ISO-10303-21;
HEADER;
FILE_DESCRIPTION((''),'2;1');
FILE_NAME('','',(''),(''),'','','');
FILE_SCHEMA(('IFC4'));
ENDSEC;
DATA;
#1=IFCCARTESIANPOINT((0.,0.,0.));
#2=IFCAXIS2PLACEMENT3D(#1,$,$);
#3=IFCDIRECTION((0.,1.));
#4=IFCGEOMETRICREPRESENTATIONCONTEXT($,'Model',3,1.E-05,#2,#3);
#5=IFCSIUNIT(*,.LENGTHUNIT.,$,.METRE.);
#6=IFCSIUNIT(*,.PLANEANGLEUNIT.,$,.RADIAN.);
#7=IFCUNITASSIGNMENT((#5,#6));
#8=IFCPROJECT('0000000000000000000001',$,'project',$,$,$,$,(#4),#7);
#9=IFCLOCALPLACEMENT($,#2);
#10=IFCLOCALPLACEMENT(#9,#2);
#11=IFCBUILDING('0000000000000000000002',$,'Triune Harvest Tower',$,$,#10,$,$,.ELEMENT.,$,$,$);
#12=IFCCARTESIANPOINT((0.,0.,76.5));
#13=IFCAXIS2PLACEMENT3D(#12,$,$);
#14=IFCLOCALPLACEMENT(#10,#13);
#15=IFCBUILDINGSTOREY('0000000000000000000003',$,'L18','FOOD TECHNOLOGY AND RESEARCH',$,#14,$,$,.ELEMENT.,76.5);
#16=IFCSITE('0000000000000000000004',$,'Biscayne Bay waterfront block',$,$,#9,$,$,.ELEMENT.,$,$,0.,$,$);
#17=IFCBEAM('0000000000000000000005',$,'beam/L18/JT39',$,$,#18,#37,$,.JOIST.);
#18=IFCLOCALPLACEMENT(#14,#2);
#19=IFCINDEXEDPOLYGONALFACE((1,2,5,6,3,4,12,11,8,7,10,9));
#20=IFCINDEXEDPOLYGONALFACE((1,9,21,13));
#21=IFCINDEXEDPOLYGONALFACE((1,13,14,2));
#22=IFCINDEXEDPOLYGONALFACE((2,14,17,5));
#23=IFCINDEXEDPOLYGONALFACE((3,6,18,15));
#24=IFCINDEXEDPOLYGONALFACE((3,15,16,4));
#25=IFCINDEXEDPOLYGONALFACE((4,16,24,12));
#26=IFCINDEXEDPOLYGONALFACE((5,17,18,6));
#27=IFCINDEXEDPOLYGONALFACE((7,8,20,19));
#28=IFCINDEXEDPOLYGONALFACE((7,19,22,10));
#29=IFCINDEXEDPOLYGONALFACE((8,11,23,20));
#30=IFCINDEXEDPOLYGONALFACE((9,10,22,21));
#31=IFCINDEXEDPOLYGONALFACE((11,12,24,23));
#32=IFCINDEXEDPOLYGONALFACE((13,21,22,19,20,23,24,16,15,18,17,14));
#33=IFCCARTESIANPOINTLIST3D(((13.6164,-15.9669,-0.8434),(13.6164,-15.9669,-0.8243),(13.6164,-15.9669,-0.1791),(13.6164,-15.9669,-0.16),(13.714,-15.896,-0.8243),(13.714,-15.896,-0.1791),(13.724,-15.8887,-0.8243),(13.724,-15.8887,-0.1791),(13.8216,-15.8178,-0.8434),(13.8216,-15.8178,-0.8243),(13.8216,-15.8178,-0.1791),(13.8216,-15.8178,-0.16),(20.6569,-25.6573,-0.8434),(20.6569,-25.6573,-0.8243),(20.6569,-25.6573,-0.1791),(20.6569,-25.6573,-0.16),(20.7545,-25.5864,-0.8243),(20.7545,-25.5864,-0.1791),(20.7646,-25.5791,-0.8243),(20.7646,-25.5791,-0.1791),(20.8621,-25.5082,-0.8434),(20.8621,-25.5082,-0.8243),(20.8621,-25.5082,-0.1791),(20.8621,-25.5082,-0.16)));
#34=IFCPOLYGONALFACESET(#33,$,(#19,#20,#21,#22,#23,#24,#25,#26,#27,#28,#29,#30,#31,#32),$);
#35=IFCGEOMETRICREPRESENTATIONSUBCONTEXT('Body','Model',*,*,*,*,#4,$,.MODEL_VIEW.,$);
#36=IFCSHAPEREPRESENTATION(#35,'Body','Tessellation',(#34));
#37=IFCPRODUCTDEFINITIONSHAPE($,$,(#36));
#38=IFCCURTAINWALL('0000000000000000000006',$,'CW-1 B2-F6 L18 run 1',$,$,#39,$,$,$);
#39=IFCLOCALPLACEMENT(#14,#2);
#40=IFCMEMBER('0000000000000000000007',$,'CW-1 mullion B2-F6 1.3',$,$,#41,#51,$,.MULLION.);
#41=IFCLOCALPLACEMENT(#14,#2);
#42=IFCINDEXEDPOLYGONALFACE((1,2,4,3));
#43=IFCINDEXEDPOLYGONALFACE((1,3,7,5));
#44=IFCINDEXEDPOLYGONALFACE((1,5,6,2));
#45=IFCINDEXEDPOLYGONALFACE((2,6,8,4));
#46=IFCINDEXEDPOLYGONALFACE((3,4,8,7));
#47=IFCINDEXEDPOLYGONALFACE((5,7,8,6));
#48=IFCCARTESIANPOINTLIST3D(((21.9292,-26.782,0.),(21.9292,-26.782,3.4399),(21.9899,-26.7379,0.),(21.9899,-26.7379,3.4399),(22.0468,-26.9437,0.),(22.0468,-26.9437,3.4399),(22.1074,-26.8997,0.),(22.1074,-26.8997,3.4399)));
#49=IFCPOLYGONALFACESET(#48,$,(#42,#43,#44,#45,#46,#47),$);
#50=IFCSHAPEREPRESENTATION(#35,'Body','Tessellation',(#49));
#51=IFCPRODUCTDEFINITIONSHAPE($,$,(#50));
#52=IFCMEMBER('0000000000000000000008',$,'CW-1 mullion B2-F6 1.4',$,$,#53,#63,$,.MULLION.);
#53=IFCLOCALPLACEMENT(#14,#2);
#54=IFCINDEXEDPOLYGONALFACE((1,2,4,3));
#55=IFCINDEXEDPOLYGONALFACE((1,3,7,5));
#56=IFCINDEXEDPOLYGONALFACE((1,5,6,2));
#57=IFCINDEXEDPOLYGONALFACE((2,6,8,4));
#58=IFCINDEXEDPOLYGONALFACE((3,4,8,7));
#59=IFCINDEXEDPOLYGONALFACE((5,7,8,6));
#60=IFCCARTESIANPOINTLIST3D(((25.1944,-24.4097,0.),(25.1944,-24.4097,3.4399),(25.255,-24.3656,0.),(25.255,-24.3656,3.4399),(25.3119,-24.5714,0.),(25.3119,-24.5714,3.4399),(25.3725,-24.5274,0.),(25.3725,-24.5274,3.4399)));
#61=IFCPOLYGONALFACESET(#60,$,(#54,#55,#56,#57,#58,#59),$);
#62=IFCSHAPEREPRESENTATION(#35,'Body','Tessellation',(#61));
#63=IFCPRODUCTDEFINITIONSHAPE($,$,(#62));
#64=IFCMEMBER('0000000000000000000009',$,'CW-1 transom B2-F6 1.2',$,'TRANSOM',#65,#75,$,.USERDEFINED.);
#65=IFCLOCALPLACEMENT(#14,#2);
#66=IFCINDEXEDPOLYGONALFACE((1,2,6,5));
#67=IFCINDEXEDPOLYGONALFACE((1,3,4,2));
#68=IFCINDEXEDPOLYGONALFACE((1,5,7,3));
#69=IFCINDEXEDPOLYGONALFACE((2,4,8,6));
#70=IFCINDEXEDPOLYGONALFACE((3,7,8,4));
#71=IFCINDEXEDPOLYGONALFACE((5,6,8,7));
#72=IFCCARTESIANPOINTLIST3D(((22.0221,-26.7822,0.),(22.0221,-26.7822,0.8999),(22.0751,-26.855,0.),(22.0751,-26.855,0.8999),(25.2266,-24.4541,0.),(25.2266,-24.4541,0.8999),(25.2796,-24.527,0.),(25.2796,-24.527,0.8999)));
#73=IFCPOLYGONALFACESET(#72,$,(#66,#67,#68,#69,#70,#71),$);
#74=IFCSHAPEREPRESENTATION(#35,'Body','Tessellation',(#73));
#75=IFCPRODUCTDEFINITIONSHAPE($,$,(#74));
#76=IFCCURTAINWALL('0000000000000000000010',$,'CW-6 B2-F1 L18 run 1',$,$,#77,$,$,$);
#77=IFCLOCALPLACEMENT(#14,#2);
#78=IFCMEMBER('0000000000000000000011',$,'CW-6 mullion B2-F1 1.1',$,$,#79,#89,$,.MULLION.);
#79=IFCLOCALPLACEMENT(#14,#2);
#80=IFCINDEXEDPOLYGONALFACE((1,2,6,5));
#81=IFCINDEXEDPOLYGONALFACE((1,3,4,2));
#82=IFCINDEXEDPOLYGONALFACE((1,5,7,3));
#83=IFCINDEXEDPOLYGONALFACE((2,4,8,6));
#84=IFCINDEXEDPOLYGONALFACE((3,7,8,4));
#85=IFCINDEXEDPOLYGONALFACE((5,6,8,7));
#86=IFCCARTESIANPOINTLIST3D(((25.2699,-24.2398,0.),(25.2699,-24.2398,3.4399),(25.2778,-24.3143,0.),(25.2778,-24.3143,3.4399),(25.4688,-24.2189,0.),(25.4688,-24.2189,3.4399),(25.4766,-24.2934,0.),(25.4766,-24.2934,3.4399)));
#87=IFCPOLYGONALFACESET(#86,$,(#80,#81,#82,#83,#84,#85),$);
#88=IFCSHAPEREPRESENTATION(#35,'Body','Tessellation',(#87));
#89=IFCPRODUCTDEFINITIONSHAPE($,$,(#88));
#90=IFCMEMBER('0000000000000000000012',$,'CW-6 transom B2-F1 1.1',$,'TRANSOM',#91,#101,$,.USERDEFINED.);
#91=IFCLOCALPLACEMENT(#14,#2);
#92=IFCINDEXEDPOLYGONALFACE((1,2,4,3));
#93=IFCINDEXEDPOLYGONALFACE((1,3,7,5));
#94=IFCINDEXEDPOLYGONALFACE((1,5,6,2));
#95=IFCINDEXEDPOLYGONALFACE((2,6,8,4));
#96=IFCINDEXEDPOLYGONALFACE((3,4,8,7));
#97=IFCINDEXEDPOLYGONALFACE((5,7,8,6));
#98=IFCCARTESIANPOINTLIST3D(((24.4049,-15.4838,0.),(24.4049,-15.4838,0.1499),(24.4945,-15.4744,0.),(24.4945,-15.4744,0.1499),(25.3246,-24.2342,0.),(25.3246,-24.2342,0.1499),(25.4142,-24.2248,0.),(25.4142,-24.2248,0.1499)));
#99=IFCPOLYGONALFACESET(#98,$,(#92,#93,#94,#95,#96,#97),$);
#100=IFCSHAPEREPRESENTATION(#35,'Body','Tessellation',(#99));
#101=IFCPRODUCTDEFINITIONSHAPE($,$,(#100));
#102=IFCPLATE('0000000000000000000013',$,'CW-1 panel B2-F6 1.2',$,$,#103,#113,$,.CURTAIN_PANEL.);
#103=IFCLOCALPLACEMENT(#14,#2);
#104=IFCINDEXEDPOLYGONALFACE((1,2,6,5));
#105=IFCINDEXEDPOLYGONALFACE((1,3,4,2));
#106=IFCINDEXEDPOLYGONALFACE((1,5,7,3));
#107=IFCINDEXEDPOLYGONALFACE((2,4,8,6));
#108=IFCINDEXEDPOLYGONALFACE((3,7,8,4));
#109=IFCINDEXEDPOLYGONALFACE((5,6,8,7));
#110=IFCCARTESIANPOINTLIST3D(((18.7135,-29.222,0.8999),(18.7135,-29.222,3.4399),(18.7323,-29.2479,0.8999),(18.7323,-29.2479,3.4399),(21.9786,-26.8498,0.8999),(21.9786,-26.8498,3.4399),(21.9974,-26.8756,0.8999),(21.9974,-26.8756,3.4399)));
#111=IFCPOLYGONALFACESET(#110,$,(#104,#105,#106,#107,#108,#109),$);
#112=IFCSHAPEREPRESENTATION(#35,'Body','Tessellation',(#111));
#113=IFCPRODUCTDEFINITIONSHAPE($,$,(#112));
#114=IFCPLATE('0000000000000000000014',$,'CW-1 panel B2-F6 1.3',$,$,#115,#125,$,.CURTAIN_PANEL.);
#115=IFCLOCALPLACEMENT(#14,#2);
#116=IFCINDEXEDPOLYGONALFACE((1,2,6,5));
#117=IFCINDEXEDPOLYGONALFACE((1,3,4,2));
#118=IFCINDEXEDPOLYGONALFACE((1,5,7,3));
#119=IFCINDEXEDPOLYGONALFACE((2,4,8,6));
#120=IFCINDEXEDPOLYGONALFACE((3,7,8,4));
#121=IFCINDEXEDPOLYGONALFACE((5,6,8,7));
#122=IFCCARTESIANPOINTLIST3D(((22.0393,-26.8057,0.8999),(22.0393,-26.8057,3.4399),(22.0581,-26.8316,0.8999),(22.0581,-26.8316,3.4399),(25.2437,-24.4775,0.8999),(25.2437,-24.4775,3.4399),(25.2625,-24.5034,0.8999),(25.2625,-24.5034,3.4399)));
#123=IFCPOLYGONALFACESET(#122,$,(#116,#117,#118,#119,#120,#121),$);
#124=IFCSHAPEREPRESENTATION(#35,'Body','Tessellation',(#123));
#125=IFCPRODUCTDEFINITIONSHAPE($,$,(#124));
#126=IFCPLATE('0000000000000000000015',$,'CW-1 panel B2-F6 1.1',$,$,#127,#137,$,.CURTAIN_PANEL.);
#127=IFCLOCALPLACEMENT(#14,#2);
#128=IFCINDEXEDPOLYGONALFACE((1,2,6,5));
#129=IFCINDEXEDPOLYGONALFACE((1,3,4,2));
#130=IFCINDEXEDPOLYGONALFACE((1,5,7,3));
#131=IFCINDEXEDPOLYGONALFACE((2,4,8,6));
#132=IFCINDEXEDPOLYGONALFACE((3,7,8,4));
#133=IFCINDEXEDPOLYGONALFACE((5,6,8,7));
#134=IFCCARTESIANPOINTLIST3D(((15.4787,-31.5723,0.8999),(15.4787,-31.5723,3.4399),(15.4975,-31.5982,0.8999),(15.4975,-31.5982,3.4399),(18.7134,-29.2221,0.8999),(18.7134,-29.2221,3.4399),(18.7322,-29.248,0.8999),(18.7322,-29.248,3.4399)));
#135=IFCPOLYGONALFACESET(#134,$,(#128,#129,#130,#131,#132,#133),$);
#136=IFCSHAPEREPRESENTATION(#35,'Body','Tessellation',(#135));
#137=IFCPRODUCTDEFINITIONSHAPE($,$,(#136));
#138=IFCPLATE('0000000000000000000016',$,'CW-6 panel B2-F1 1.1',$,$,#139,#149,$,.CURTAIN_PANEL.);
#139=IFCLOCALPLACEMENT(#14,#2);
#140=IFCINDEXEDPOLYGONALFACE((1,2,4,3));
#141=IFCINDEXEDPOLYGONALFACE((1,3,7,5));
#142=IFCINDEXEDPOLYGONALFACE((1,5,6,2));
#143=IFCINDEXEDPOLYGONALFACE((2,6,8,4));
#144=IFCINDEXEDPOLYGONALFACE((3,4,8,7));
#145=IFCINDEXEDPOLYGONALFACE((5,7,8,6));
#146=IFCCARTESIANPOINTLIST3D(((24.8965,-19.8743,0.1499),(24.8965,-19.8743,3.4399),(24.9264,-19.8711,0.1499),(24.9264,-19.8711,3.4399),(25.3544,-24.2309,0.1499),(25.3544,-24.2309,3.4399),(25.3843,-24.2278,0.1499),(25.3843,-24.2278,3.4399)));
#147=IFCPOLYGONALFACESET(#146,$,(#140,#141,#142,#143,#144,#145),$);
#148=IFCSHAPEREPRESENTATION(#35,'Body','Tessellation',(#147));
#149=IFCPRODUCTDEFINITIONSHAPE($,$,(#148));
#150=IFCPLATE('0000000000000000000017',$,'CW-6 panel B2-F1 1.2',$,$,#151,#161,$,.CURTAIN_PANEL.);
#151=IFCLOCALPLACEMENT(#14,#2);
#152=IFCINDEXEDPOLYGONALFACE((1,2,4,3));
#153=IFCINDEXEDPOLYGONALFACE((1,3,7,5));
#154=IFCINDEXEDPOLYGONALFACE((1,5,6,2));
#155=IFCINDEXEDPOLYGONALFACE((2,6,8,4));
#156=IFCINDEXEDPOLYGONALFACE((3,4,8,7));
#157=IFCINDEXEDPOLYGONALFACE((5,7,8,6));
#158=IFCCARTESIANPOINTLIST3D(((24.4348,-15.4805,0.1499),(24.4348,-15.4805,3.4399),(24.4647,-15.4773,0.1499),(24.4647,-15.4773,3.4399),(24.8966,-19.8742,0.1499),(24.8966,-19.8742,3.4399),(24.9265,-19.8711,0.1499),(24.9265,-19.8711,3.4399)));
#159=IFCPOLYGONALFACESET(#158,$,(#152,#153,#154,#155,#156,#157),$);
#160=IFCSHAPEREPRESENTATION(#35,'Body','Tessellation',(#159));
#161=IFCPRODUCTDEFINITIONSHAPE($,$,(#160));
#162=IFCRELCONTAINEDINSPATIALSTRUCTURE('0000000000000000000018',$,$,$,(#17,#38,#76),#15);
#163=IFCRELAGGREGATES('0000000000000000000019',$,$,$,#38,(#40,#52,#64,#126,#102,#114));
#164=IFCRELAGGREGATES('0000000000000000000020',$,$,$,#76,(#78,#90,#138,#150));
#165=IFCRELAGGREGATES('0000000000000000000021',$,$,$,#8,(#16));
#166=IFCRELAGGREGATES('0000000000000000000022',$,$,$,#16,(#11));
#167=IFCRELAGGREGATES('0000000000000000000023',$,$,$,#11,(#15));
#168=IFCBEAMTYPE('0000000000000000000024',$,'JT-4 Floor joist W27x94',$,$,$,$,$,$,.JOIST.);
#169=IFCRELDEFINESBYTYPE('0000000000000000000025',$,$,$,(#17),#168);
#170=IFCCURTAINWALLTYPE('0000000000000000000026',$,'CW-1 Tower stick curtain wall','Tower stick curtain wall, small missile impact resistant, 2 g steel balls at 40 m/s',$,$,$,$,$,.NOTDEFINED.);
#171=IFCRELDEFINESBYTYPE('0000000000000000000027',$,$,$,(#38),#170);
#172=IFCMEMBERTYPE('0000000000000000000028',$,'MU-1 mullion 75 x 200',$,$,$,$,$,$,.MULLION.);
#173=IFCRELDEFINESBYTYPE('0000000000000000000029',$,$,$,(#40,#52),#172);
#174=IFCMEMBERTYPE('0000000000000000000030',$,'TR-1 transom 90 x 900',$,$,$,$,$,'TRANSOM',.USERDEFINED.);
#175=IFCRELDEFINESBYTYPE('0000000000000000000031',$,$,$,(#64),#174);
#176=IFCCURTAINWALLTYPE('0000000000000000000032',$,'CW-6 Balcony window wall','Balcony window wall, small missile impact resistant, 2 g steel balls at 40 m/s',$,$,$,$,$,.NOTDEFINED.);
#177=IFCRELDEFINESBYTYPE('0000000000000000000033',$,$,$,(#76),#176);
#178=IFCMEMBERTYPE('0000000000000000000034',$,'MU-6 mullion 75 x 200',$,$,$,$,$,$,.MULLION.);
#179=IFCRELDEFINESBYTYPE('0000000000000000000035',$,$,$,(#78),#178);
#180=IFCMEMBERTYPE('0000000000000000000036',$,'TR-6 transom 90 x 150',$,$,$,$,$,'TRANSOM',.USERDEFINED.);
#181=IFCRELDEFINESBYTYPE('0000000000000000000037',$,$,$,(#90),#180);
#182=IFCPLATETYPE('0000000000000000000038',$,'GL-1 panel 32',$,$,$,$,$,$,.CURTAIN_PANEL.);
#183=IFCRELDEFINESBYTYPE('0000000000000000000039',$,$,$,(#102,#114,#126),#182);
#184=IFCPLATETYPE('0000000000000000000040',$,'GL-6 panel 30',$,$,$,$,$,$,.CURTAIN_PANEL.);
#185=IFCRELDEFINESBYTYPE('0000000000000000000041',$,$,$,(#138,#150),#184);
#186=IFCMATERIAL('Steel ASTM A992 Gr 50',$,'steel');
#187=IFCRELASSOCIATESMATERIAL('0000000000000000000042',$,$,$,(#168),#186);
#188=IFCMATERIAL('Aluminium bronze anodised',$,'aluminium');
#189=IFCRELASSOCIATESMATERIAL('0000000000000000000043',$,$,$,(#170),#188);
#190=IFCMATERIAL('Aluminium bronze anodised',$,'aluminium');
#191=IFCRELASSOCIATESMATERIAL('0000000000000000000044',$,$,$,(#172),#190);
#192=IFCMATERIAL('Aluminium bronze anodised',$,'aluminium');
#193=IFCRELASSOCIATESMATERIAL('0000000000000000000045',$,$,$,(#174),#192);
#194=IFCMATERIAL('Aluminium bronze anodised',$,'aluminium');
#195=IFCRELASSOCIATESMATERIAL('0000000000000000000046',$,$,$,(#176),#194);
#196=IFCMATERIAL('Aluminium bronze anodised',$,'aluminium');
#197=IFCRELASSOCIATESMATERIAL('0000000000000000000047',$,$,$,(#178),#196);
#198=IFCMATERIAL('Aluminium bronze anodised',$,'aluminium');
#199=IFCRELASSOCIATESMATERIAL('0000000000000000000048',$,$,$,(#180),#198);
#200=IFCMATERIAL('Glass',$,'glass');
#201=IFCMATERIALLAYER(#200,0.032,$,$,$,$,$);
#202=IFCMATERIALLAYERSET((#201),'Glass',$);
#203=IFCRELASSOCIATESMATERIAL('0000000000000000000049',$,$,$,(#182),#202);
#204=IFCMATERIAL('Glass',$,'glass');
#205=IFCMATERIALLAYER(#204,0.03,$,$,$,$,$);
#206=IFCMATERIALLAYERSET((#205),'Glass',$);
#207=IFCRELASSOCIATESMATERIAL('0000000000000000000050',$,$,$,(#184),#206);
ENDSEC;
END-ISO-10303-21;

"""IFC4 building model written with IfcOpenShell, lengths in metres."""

from ifc_helpers import new_model, si_unit, direction, frame, origin, origin_2d, place, context, subcontext, project, spatial, rectangle, i_section, extrude, source, transform, mapped, material, layer, layer_set, material_profile, profile_set, type_object, element, aggregate, save


model = new_model("IFC4")

# Units and contexts
model_context = context("Model", 3, precision=1e-05, world=origin(), true_north=direction((0.0, 1.0)))
body_context = subcontext(model_context, "Body", "Model", "MODEL_VIEW")
ifc_project = project(units=[si_unit("LENGTHUNIT", "METRE"), si_unit("PLANEANGLEUNIT", "RADIAN")], contexts=[model_context])

# Site, building, storey
site_placement = place(None, origin())
site = spatial("IfcSite", under=ifc_project, at=site_placement, Name="Biscayne Bay waterfront block", CompositionType="ELEMENT", RefElevation=0.0)
building_placement = place(site_placement, origin())
building = spatial("IfcBuilding", under=site, at=building_placement, Name="Triune Harvest Tower", CompositionType="ELEMENT")
storey_placement = place(building_placement, frame((0.0, 0.0, 76.5)))
storey = spatial("IfcBuildingStorey", under=building, at=storey_placement, Name="L18", Description="FOOD TECHNOLOGY AND RESEARCH", CompositionType="ELEMENT", Elevation=76.5)

# Beam
ifc_material_1 = material(Name="Steel ASTM A992 Gr 50", Category="steel")
ifc_material_profile_1 = material_profile(ifc_material_1, i_section(OverallWidth=0.2537, OverallDepth=0.6833, WebThickness=0.0125, FlangeThickness=0.019, at=origin_2d()), Name="W27x94")
ifc_profile_set_1 = profile_set([ifc_material_profile_1], Name="Steel ASTM A992 Gr 50")
beam_type_1 = type_object("IfcBeamType", Name="JT-4 Floor joist W27x94", PredefinedType="JOIST", material=ifc_profile_set_1)
shared_shape_1 = source(origin(), body_context, "Body", "SweptSolid", [
    extrude(i_section(OverallWidth=0.2537, OverallDepth=0.6833, WebThickness=0.0125, FlangeThickness=0.019, at=origin_2d()), origin(), (0.0, 0.0, 1.0), 11.978),
])
beam_1_placement = place(storey_placement, frame((20.7595, -25.5828, -0.5017), z_axis=(-0.587786, 0.809016, 0.0), x_axis=(-0.809016, -0.587786, 0.0)))
element("IfcBeam", 1, at=beam_1_placement, inside=storey, type_object=beam_type_1, Name="beam/L18/JT39", PredefinedType="JOIST", context=body_context, shape_type="MappedRepresentation", body=[
    mapped(shared_shape_1, transform((0.0, 0.0, 0.0), scale=1.0)),
])

# Curtain walls, members
ifc_material_2 = material(Name="Aluminium bronze anodised", Category="aluminium")
curtain_wall_type_1 = type_object("IfcCurtainWallType", Name="CW-1 Tower stick curtain wall", Description="Tower stick curtain wall, small missile impact resistant, 2 g steel balls at 40 m/s", PredefinedType="NOTDEFINED", material=ifc_material_2)
curtain_wall_1_placement = place(storey_placement, origin())
curtain_wall_1 = element("IfcCurtainWall", 2, at=curtain_wall_1_placement, inside=storey, type_object=curtain_wall_type_1, Name="CW-1 B2-F6 L18 run 1")
ifc_material_3 = material(Name="Aluminium bronze anodised", Category="aluminium")
ifc_material_profile_2 = material_profile(ifc_material_3, rectangle(XDim=0.2, YDim=0.075, at=origin_2d()), Name="MU-1 mullion 75 x 200")
ifc_profile_set_2 = profile_set([ifc_material_profile_2], Name="Aluminium bronze anodised")
member_type_1 = type_object("IfcMemberType", Name="MU-1 mullion 75 x 200", PredefinedType="MULLION", material=ifc_profile_set_2)
shared_shape_2 = source(origin(), body_context, "Body", "SweptSolid", [
    extrude(rectangle(XDim=0.2, YDim=0.075, at=origin_2d()), origin(), (0.0, 0.0, 1.0), 3.4399),
])
member_1_placement = place(storey_placement, frame((22.0183, -26.8408, 0.0), z_axis=(0.0, 0.0, 1.0), x_axis=(-0.58779, 0.809013, 0.0)))
member_1 = element("IfcMember", 3, at=member_1_placement, type_object=member_type_1, Name="CW-1 mullion B2-F6 1.3", PredefinedType="MULLION", context=body_context, shape_type="MappedRepresentation", body=[
    mapped(shared_shape_2, transform((0.0, 0.0, 0.0), scale=1.0)),
])
member_2_placement = place(storey_placement, frame((25.2834, -24.4685, 0.0), z_axis=(0.0, 0.0, 1.0), x_axis=(-0.58779, 0.809013, 0.0)))
member_2 = element("IfcMember", 4, at=member_2_placement, type_object=member_type_1, Name="CW-1 mullion B2-F6 1.4", PredefinedType="MULLION", context=body_context, shape_type="MappedRepresentation", body=[
    mapped(shared_shape_2, transform((0.0, 0.0, 0.0), scale=1.0)),
])
ifc_material_4 = material(Name="Aluminium bronze anodised", Category="aluminium")
ifc_material_profile_3 = material_profile(ifc_material_4, rectangle(XDim=0.0901, YDim=0.8999, at=origin_2d()), Name="TR-1 transom 90 x 900")
ifc_profile_set_3 = profile_set([ifc_material_profile_3], Name="Aluminium bronze anodised")
member_type_2 = type_object("IfcMemberType", Name="TR-1 transom 90 x 900", ElementType="TRANSOM", PredefinedType="USERDEFINED", material=ifc_profile_set_3)
shared_shape_3 = source(origin(), body_context, "Body", "SweptSolid", [
    extrude(rectangle(XDim=0.0901, YDim=0.8999, at=origin_2d()), origin(), (0.0, 0.0, 1.0), 3.9609),
])
member_3_placement = place(storey_placement, frame((22.0486, -26.8186, 0.45), z_axis=(0.809034, 0.587761, 0.0), x_axis=(-0.587761, 0.809034, 0.0)))
member_3 = element("IfcMember", 5, at=member_3_placement, type_object=member_type_2, Name="CW-1 transom B2-F6 1.2", ObjectType="TRANSOM", PredefinedType="USERDEFINED", context=body_context, shape_type="MappedRepresentation", body=[
    mapped(shared_shape_3, transform((0.0, 0.0, 0.0), scale=1.0)),
])
ifc_material_5 = material(Name="Aluminium bronze anodised", Category="aluminium")
curtain_wall_type_2 = type_object("IfcCurtainWallType", Name="CW-6 Balcony window wall", Description="Balcony window wall, small missile impact resistant, 2 g steel balls at 40 m/s", PredefinedType="NOTDEFINED", material=ifc_material_5)
curtain_wall_2_placement = place(storey_placement, origin())
curtain_wall_2 = element("IfcCurtainWall", 6, at=curtain_wall_2_placement, inside=storey, type_object=curtain_wall_type_2, Name="CW-6 B2-F1 L18 run 1")
ifc_material_6 = material(Name="Aluminium bronze anodised", Category="aluminium")
ifc_material_profile_4 = material_profile(ifc_material_6, rectangle(XDim=0.2, YDim=0.075, at=origin_2d()), Name="MU-6 mullion 75 x 200")
ifc_profile_set_4 = profile_set([ifc_material_profile_4], Name="Aluminium bronze anodised")
member_type_3 = type_object("IfcMemberType", Name="MU-6 mullion 75 x 200", PredefinedType="MULLION", material=ifc_profile_set_4)
shared_shape_4 = source(origin(), body_context, "Body", "SweptSolid", [
    extrude(rectangle(XDim=0.2, YDim=0.075, at=origin_2d()), origin(), (0.0, 0.0, 1.0), 3.4399),
])
member_4_placement = place(storey_placement, frame((25.3733, -24.2666, 0.0), z_axis=(0.0, 0.0, 1.0), x_axis=(-0.994522, -0.104528, 0.0)))
member_4 = element("IfcMember", 7, at=member_4_placement, type_object=member_type_3, Name="CW-6 mullion B2-F1 1.1", PredefinedType="MULLION", context=body_context, shape_type="MappedRepresentation", body=[
    mapped(shared_shape_4, transform((0.0, 0.0, 0.0), scale=1.0)),
])
ifc_material_7 = material(Name="Aluminium bronze anodised", Category="aluminium")
ifc_material_profile_5 = material_profile(ifc_material_7, rectangle(XDim=0.0901, YDim=0.1499, at=origin_2d()), Name="TR-6 transom 90 x 150")
ifc_profile_set_5 = profile_set([ifc_material_profile_5], Name="Aluminium bronze anodised")
member_type_4 = type_object("IfcMemberType", Name="TR-6 transom 90 x 150", ElementType="TRANSOM", PredefinedType="USERDEFINED", material=ifc_profile_set_5)
shared_shape_5 = source(origin(), body_context, "Body", "SweptSolid", [
    extrude(rectangle(XDim=0.0901, YDim=0.1499, at=origin_2d()), origin(), (0.0, 0.0, 1.0), 8.7986),
])
member_5_placement = place(storey_placement, frame((25.3694, -24.2295, 0.075), z_axis=(-0.104524, 0.994522, 0.0), x_axis=(-0.994522, -0.104524, 0.0)))
member_5 = element("IfcMember", 8, at=member_5_placement, type_object=member_type_4, Name="CW-6 transom B2-F1 1.1", ObjectType="TRANSOM", PredefinedType="USERDEFINED", context=body_context, shape_type="MappedRepresentation", body=[
    mapped(shared_shape_5, transform((0.0, 0.0, 0.0), scale=1.0)),
])

# Plates
ifc_material_8 = material(Name="Glass", Category="glass")
ifc_layer_1 = layer(ifc_material_8, 0.032)
ifc_layer_set_1 = layer_set([ifc_layer_1], Name="Glass")
plate_type_1 = type_object("IfcPlateType", Name="GL-1 panel 32", PredefinedType="CURTAIN_PANEL", material=ifc_layer_set_1)
shared_shape_6 = source(origin(), body_context, "Body", "SweptSolid", [
    extrude(rectangle(XDim=4.0359, YDim=0.032, at=origin_2d()), origin(), (0.0, 0.0, 1.0), 2.54),
])
plate_1_placement = place(storey_placement, frame((20.3555, -28.0488, 0.8999), z_axis=(0.0, 0.0, 1.0), x_axis=(0.809013, 0.58779, 0.0)))
plate_1 = element("IfcPlate", 9, at=plate_1_placement, type_object=plate_type_1, Name="CW-1 panel B2-F6 1.2", PredefinedType="CURTAIN_PANEL", context=body_context, shape_type="MappedRepresentation", body=[
    mapped(shared_shape_6, transform((0.0, 0.0, 0.0), scale=1.0)),
])
shared_shape_7 = source(origin(), body_context, "Body", "SweptSolid", [
    extrude(rectangle(XDim=3.9609, YDim=0.032, at=origin_2d()), origin(), (0.0, 0.0, 1.0), 2.54),
])
plate_2_placement = place(storey_placement, frame((23.6509, -25.6545, 0.8999), z_axis=(0.0, 0.0, 1.0), x_axis=(0.809013, 0.58779, 0.0)))
plate_2 = element("IfcPlate", 10, at=plate_2_placement, type_object=plate_type_1, Name="CW-1 panel B2-F6 1.3", PredefinedType="CURTAIN_PANEL", context=body_context, shape_type="MappedRepresentation", body=[
    mapped(shared_shape_7, transform((0.0, 0.0, 0.0), scale=1.0)),
])
shared_shape_8 = source(origin(), body_context, "Body", "SweptSolid", [
    extrude(rectangle(XDim=3.9983, YDim=0.032, at=origin_2d()), origin(), (0.0, 0.0, 1.0), 2.54),
])
plate_3_placement = place(storey_placement, frame((17.1055, -30.4102, 0.8999), z_axis=(0.0, 0.0, 1.0), x_axis=(0.809013, 0.58779, 0.0)))
plate_3 = element("IfcPlate", 11, at=plate_3_placement, type_object=plate_type_1, Name="CW-1 panel B2-F6 1.1", PredefinedType="CURTAIN_PANEL", context=body_context, shape_type="MappedRepresentation", body=[
    mapped(shared_shape_8, transform((0.0, 0.0, 0.0), scale=1.0)),
])
aggregate(curtain_wall_1, [member_1, member_2, member_3, plate_3, plate_1, plate_2])
ifc_material_9 = material(Name="Glass", Category="glass")
ifc_layer_2 = layer(ifc_material_9, 0.03)
ifc_layer_set_2 = layer_set([ifc_layer_2], Name="Glass")
plate_type_2 = type_object("IfcPlateType", Name="GL-6 panel 30", PredefinedType="CURTAIN_PANEL", material=ifc_layer_set_2)
shared_shape_9 = source(origin(), body_context, "Body", "SweptSolid", [
    extrude(rectangle(XDim=4.3806, YDim=0.03, at=origin_2d()), origin(), (0.0, 0.0, 1.0), 3.29),
])
plate_4_placement = place(storey_placement, frame((25.1404, -22.051, 0.1499), z_axis=(0.0, 0.0, 1.0), x_axis=(-0.104528, 0.994522, 0.0)))
plate_4 = element("IfcPlate", 12, at=plate_4_placement, type_object=plate_type_2, Name="CW-6 panel B2-F1 1.1", PredefinedType="CURTAIN_PANEL", context=body_context, shape_type="MappedRepresentation", body=[
    mapped(shared_shape_9, transform((0.0, 0.0, 0.0), scale=1.0)),
])
shared_shape_10 = source(origin(), body_context, "Body", "SweptSolid", [
    extrude(rectangle(XDim=4.418, YDim=0.03, at=origin_2d()), origin(), (0.0, 0.0, 1.0), 3.29),
])
plate_5_placement = place(storey_placement, frame((24.6807, -17.6758, 0.1499), z_axis=(0.0, 0.0, 1.0), x_axis=(-0.104528, 0.994522, 0.0)))
plate_5 = element("IfcPlate", 13, at=plate_5_placement, type_object=plate_type_2, Name="CW-6 panel B2-F1 1.2", PredefinedType="CURTAIN_PANEL", context=body_context, shape_type="MappedRepresentation", body=[
    mapped(shared_shape_10, transform((0.0, 0.0, 0.0), scale=1.0)),
])
aggregate(curtain_wall_2, [member_4, member_5, plate_4, plate_5])

save(model, "model.ifc")
